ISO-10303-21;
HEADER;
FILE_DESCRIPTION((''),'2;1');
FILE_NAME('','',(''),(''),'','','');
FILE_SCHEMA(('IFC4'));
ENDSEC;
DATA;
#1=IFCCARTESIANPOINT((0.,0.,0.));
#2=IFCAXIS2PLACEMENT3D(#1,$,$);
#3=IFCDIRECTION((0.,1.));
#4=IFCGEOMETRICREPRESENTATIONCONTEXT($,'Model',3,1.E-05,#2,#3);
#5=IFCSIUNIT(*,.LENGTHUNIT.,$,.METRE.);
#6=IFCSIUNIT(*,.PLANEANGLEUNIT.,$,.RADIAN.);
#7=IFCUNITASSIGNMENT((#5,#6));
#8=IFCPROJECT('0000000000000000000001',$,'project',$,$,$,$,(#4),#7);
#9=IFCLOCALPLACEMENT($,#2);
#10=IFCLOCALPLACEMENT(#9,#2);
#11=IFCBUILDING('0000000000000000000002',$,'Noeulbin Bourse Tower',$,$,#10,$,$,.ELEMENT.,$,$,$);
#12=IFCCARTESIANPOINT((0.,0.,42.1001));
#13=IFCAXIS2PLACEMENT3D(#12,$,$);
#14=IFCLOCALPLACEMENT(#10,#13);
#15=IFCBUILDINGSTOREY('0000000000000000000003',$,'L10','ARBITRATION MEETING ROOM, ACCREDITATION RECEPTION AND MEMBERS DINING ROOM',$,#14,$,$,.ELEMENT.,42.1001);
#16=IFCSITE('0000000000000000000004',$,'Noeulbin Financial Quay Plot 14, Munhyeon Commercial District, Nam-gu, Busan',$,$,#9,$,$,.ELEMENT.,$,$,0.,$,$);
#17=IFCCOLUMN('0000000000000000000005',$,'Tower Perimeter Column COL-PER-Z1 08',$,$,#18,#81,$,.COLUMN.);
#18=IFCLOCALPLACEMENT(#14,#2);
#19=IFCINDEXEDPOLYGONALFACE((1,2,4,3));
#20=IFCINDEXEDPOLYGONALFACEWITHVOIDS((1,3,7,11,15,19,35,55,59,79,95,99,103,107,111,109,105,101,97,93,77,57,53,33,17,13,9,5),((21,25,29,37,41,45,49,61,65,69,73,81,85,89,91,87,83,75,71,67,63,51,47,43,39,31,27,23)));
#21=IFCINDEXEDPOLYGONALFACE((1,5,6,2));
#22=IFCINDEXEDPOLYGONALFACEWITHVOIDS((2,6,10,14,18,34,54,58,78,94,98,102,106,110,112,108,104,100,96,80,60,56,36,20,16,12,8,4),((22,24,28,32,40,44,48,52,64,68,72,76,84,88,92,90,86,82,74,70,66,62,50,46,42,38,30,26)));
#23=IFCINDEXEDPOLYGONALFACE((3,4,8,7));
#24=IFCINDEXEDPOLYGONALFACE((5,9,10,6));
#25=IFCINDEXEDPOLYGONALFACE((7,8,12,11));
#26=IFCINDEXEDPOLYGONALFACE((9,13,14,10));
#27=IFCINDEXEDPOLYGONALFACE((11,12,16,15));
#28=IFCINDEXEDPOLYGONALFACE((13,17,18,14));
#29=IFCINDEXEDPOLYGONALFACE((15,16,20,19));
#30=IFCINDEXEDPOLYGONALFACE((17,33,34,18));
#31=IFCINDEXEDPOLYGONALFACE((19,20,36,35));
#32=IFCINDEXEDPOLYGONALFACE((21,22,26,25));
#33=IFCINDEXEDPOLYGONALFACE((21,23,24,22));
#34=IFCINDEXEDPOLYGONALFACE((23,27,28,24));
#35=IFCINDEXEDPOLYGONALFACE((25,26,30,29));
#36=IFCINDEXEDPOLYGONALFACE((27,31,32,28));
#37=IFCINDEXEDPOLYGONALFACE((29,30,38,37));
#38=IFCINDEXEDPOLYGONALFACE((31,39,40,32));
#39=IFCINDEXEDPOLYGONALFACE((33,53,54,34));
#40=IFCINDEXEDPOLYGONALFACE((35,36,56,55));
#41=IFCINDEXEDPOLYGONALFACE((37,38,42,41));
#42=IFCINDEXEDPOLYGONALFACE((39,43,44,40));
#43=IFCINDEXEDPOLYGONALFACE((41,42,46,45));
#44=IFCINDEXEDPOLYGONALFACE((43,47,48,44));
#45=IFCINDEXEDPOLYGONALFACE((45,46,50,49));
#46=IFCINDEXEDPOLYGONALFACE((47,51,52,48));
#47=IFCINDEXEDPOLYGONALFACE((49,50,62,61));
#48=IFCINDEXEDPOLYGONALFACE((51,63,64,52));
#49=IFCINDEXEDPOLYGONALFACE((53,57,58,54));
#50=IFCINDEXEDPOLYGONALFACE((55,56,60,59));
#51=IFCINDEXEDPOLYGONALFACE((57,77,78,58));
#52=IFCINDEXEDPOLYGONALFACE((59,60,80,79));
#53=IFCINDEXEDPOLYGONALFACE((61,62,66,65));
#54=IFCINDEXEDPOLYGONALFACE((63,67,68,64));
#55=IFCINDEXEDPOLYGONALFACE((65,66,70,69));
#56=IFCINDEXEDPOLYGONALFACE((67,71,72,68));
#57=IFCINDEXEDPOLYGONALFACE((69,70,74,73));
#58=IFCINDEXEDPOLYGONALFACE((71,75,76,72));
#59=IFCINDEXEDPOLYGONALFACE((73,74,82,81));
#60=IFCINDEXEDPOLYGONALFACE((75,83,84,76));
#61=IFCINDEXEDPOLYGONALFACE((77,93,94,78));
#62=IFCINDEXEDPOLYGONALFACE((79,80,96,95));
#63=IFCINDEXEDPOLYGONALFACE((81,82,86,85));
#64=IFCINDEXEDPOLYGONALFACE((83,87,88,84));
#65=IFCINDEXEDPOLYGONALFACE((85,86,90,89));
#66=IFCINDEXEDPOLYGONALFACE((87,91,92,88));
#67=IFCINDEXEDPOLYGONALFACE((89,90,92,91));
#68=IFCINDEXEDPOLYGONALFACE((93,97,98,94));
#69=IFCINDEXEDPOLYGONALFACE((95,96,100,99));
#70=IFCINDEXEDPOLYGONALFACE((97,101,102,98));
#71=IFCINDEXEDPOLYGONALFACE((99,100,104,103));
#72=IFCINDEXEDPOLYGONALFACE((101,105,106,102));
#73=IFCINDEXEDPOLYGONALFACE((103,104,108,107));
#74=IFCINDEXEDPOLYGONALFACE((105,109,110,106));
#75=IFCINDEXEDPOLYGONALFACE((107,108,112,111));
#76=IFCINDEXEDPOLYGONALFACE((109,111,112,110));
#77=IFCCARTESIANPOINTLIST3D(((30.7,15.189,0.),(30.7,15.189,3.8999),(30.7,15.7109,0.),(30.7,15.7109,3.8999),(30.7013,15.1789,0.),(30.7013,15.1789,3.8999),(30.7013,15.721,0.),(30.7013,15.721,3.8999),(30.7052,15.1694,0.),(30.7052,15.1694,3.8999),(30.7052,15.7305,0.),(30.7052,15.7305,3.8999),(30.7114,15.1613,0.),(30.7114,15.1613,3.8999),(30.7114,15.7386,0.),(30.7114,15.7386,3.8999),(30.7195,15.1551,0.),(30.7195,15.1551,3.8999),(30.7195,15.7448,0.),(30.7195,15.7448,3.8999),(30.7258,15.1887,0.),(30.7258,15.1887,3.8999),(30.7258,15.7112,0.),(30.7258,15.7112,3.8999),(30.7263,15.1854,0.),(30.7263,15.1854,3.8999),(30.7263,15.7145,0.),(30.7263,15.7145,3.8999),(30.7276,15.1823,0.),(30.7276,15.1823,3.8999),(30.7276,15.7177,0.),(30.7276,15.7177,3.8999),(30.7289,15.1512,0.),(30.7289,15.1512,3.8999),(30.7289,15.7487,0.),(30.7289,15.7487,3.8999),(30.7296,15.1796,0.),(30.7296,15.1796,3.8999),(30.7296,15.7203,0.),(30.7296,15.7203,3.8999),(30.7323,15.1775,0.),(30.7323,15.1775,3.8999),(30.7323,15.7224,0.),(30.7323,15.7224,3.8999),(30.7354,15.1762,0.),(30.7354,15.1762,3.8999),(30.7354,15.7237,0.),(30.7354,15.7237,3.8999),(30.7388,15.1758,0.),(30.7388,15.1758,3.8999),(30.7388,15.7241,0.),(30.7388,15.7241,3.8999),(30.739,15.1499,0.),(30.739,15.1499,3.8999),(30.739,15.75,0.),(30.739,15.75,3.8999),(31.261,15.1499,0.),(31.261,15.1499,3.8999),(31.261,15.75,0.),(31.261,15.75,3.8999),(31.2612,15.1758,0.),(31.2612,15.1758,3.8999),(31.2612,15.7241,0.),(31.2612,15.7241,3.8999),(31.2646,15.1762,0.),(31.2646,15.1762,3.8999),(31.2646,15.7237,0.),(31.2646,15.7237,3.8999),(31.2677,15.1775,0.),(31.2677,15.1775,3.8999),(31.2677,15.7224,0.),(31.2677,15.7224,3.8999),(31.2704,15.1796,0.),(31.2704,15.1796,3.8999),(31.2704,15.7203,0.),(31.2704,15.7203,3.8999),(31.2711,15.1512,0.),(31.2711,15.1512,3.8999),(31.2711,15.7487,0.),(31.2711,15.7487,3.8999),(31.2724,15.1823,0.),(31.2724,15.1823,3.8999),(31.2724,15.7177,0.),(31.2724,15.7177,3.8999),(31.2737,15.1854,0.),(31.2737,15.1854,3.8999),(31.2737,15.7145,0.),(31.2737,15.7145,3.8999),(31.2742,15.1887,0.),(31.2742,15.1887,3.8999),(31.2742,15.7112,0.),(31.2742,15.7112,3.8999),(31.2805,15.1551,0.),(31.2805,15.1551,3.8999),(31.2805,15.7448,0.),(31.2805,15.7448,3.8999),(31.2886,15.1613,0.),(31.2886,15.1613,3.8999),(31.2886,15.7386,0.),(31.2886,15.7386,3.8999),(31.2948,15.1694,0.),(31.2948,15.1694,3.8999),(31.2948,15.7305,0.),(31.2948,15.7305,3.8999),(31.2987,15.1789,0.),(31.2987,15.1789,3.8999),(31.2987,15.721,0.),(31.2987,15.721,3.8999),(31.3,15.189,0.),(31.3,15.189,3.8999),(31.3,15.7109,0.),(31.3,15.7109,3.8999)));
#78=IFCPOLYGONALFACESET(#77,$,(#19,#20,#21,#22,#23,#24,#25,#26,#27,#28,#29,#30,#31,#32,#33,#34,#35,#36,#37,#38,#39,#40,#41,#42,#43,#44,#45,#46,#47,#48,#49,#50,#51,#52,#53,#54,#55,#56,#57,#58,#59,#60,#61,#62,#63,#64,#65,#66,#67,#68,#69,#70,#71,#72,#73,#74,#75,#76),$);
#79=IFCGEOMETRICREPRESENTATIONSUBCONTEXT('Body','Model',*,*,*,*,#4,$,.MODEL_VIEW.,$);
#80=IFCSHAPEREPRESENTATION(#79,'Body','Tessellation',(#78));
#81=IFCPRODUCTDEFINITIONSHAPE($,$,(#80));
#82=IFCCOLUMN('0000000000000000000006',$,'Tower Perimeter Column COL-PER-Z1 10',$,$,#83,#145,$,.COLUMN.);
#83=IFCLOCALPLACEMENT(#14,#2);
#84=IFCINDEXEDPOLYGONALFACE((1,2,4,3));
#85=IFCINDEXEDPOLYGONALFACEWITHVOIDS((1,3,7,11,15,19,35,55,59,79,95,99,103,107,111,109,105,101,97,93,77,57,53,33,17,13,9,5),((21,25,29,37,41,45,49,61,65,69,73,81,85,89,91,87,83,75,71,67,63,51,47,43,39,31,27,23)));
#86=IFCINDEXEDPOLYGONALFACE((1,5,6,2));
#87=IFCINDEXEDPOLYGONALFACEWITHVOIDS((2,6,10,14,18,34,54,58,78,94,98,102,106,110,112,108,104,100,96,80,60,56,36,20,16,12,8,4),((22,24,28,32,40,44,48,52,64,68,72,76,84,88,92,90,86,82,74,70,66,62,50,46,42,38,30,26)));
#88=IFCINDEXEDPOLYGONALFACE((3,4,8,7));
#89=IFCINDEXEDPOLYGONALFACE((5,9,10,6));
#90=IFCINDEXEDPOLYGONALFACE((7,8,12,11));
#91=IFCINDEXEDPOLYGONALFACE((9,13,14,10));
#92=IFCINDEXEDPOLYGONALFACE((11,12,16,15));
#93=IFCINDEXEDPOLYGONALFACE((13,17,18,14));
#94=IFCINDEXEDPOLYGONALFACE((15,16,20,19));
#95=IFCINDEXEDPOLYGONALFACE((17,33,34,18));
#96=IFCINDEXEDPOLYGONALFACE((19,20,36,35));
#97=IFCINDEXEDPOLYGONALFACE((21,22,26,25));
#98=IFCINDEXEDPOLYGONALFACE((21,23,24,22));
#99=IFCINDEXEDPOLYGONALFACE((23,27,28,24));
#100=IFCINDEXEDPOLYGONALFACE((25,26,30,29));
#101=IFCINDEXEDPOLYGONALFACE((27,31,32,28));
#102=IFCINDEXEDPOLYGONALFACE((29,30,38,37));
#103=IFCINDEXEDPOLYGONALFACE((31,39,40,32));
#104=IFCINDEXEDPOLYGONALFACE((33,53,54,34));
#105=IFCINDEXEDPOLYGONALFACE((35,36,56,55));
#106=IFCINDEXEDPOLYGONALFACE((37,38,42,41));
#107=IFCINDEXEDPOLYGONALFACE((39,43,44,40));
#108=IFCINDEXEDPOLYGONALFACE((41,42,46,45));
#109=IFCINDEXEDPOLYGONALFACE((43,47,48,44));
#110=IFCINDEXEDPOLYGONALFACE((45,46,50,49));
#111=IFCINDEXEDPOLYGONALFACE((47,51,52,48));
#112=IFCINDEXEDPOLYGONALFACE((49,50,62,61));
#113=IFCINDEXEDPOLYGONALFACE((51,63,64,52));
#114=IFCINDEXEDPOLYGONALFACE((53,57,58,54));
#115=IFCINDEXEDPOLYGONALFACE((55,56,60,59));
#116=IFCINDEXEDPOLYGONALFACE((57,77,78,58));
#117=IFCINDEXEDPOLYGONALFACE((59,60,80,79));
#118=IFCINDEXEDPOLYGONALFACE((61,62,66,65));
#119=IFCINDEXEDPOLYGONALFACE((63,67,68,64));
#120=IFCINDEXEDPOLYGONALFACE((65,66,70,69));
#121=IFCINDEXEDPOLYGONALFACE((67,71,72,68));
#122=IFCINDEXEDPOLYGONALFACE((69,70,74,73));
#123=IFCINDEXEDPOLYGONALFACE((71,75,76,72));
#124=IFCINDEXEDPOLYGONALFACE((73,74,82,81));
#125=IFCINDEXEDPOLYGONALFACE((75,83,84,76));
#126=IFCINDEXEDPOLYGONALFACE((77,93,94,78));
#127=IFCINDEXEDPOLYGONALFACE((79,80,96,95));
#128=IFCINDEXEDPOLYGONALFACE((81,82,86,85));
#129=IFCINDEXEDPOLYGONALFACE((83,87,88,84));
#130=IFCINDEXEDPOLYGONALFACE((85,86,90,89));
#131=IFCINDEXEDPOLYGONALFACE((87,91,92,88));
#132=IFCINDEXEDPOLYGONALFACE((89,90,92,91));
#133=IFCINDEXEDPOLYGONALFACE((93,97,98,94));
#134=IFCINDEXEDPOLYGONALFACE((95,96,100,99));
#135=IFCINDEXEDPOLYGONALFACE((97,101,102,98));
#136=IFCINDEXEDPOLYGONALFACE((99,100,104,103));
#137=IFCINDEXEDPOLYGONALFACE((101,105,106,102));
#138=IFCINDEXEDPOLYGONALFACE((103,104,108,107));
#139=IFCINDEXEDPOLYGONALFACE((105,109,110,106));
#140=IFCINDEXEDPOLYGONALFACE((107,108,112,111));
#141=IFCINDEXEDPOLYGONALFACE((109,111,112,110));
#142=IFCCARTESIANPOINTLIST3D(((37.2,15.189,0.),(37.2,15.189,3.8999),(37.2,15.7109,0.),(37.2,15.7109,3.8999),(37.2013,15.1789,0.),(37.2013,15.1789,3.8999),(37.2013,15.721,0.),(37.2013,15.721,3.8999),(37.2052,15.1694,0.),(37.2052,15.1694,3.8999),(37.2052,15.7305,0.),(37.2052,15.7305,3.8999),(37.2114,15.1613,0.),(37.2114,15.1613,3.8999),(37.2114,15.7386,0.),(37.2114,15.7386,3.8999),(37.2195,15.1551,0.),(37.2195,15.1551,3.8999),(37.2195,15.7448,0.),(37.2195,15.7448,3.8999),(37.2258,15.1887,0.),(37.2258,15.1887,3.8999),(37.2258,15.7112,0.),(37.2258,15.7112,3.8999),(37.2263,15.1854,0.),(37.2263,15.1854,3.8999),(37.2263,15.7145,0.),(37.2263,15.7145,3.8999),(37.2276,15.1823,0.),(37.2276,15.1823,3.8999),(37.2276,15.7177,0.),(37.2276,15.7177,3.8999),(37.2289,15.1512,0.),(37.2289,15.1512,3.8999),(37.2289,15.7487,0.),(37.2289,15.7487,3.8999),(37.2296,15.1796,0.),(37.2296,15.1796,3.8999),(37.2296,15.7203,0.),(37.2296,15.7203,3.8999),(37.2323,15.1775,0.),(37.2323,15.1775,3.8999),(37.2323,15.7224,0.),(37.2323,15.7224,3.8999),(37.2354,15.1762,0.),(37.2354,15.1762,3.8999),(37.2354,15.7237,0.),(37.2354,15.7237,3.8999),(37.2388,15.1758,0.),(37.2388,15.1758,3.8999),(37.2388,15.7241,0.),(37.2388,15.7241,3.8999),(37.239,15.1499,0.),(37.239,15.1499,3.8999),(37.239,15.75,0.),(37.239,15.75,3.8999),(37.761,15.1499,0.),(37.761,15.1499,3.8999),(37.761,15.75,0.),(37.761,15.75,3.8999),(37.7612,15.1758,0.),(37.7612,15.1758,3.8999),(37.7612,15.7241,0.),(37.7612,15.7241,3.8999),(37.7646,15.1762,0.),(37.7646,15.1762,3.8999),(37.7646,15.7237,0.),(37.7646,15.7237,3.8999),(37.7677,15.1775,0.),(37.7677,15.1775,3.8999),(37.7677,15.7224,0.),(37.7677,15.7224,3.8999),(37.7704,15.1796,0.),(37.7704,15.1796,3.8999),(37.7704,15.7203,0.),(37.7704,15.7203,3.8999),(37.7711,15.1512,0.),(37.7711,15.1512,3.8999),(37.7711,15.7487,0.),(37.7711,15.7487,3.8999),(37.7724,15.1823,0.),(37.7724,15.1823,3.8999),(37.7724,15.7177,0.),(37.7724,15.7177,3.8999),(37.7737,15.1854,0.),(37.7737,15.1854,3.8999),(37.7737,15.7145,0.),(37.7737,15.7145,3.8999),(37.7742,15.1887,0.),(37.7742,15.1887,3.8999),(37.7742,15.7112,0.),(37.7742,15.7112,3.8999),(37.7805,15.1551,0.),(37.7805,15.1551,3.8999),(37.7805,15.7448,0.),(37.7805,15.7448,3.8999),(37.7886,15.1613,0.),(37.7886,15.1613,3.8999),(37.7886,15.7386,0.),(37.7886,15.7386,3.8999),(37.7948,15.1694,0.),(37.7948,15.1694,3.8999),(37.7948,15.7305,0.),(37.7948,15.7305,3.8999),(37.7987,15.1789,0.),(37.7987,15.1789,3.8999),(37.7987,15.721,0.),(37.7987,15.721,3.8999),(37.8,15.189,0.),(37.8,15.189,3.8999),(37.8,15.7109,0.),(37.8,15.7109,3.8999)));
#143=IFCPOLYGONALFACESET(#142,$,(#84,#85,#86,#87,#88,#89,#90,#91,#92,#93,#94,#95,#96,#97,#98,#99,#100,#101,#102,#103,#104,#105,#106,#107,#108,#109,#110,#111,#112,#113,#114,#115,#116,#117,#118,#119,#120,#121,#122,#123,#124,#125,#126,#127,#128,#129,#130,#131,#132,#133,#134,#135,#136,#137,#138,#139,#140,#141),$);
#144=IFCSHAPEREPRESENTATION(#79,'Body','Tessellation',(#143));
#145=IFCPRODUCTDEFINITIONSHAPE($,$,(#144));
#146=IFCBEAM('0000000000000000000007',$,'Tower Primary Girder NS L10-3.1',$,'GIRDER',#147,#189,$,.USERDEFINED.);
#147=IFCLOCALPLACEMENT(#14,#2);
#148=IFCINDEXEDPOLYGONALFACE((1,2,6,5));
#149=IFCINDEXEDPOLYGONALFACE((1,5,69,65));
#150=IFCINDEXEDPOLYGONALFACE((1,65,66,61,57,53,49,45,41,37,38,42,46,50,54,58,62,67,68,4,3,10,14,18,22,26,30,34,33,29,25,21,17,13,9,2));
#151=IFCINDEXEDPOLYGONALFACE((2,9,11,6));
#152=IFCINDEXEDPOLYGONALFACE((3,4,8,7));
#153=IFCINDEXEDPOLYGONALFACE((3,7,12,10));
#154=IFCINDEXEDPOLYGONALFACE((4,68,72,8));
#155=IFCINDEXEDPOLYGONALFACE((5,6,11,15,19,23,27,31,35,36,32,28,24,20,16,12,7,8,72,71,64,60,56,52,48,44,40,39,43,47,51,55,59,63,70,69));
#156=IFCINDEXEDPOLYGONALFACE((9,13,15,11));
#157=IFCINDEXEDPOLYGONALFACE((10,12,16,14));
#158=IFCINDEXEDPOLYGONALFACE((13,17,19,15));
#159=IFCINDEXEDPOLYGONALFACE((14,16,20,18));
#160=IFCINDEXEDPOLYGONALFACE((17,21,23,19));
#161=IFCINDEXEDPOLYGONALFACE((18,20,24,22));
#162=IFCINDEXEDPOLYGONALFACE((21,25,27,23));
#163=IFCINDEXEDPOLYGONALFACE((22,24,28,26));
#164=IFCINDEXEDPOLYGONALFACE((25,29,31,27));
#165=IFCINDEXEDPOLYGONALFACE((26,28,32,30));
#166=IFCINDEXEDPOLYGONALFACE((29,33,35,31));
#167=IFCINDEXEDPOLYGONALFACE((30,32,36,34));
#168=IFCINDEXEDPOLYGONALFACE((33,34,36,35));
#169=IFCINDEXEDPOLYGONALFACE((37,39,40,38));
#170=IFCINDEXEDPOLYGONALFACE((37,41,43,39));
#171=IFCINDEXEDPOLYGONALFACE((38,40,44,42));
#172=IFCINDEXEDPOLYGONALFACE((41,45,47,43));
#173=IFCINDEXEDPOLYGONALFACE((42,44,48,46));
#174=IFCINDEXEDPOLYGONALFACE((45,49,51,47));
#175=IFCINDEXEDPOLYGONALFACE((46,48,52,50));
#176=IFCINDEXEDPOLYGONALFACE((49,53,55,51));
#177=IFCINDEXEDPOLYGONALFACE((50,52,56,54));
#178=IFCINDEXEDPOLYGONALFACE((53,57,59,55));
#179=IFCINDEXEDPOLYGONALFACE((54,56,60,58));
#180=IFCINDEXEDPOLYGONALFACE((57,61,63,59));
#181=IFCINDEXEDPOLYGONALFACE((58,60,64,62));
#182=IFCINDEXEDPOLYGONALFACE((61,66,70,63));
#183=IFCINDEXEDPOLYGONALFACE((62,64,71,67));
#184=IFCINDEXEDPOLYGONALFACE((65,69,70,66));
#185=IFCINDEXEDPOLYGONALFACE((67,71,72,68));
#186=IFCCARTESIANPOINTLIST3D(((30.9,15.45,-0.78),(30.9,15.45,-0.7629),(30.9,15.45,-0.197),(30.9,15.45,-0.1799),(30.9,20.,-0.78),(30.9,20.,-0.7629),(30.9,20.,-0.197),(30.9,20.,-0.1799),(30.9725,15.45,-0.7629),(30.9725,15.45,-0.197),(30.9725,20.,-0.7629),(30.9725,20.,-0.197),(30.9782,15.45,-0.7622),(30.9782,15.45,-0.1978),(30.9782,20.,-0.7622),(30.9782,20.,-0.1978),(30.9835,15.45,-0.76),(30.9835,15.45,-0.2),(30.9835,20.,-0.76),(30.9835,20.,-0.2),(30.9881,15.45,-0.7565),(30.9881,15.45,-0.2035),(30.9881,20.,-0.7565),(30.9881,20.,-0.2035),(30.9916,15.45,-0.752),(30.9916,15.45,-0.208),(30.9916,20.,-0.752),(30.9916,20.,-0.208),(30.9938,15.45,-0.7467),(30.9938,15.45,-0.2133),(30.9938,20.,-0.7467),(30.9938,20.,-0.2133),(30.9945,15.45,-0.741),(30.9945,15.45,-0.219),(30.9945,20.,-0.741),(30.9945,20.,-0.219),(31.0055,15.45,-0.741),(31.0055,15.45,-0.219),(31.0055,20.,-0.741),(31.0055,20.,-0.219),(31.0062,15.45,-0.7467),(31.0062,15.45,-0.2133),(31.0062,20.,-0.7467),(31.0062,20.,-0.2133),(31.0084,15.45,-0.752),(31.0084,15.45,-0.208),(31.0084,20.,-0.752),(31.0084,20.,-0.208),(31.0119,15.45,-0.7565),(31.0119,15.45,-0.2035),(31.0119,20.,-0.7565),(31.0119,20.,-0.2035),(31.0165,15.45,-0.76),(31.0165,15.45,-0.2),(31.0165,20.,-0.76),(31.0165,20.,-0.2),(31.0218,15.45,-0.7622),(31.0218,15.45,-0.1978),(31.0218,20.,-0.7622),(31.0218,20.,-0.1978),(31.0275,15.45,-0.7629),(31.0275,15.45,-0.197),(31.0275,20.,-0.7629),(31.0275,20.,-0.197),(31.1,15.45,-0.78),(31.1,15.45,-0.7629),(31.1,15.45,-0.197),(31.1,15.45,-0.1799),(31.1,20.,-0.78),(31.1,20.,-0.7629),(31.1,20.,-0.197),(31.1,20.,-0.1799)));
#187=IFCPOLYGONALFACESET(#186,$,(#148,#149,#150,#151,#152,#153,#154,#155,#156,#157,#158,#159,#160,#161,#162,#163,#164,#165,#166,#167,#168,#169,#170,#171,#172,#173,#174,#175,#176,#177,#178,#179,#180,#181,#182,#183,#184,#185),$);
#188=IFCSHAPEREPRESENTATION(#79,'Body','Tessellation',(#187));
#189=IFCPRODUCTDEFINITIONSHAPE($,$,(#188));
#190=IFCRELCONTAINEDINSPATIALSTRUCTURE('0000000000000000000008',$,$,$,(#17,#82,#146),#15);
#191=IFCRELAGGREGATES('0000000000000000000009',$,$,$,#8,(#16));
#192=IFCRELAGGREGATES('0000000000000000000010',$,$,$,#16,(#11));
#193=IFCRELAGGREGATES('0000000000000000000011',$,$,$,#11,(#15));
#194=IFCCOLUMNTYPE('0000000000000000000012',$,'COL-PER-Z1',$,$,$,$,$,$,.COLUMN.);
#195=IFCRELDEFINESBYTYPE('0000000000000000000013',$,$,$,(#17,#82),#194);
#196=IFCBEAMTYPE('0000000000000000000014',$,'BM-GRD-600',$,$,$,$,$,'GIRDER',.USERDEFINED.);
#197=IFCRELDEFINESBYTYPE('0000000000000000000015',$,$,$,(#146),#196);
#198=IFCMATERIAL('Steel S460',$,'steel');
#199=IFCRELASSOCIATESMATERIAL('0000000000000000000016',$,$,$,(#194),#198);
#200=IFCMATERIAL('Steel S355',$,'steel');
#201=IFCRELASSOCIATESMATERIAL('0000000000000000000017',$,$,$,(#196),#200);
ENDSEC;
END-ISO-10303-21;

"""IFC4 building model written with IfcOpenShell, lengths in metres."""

from ifc_helpers import new_model, si_unit, direction, frame, origin, origin_2d, place, context, subcontext, project, spatial, hollow_rectangle, i_section, extrude, material, material_profile, profile_set, type_object, element, save


model = new_model("IFC4")

# Units and contexts
model_context = context("Model", 3, precision=1e-05, world=origin(), true_north=direction((0.0, 1.0)))
body_context = subcontext(model_context, "Body", "Model", "MODEL_VIEW")
ifc_project = project(units=[si_unit("LENGTHUNIT", "METRE"), si_unit("PLANEANGLEUNIT", "RADIAN")], contexts=[model_context])

# Site, building, storey
site_placement = place(None, origin())
site = spatial("IfcSite", under=ifc_project, at=site_placement, Name="Noeulbin Financial Quay Plot 14, Munhyeon Commercial District, Nam-gu, Busan", CompositionType="ELEMENT", RefElevation=0.0)
building_placement = place(site_placement, origin())
building = spatial("IfcBuilding", under=site, at=building_placement, Name="Noeulbin Bourse Tower", CompositionType="ELEMENT")
storey_placement = place(building_placement, frame((0.0, 0.0, 42.1001)))
storey = spatial("IfcBuildingStorey", under=building, at=storey_placement, Name="L10", Description="ARBITRATION MEETING ROOM, ACCREDITATION RECEPTION AND MEMBERS DINING ROOM", CompositionType="ELEMENT", Elevation=42.1001)

# Columns
ifc_material_1 = material(Name="Steel S460", Category="steel")
ifc_material_profile_1 = material_profile(ifc_material_1, hollow_rectangle(XDim=0.6001, YDim=0.6001, WallThickness=0.0259, InnerFilletRadius=0.0129, OuterFilletRadius=0.0391, at=origin_2d()), Name="BOX-600x600x26", Category="LoadBearing")
ifc_profile_set_1 = profile_set([ifc_material_profile_1], Name="Steel S460")
column_type = type_object("IfcColumnType", Name="COL-PER-Z1", PredefinedType="COLUMN", material=ifc_profile_set_1)
for number, where, z_axis, x_axis, name in (
    (1, (31.0, 15.45, 0.0), (0.0, 0.0, 1.0), (1.0, 0.0, 0.0), "Tower Perimeter Column COL-PER-Z1 08"),
    (2, (37.5, 15.45, 0.0), (0.0, 0.0, 1.0), (1.0, 0.0, 0.0), "Tower Perimeter Column COL-PER-Z1 10"),
):
    element("IfcColumn", number, at=place(storey_placement, frame(where, z_axis=z_axis, x_axis=x_axis)), inside=storey, type_object=column_type, Name=name, PredefinedType="COLUMN", context=body_context, shape_type="SweptSolid", body=[
        extrude(hollow_rectangle(XDim=0.6001, YDim=0.6001, WallThickness=0.0259, InnerFilletRadius=0.0129, OuterFilletRadius=0.0391, at=origin_2d()), origin(), (0.0, 0.0, 1.0), 3.8999),
    ])

# Beam
ifc_material_2 = material(Name="Steel S355", Category="steel")
ifc_material_profile_2 = material_profile(ifc_material_2, i_section(OverallWidth=0.2, OverallDepth=0.6001, WebThickness=0.011, FlangeThickness=0.0171, FilletRadius=0.022, at=origin_2d()), Name="H-600x200x11x17", Category="LoadBearing")
ifc_profile_set_2 = profile_set([ifc_material_profile_2], Name="Steel S355")
beam_type_1 = type_object("IfcBeamType", Name="BM-GRD-600", ElementType="GIRDER", PredefinedType="USERDEFINED", material=ifc_profile_set_2)
for number, where, z_axis, x_axis, name in (
    (3, (31.0, 15.45, -0.48), (0.0, 1.0, 0.0), (-1.0, 0.0, 0.0), "Tower Primary Girder NS L10-3.1"),
):
    element("IfcBeam", number, at=place(storey_placement, frame(where, z_axis=z_axis, x_axis=x_axis)), inside=storey, type_object=beam_type_1, Name=name, ObjectType="GIRDER", PredefinedType="USERDEFINED", context=body_context, shape_type="SweptSolid", body=[
        extrude(i_section(OverallWidth=0.2, OverallDepth=0.6001, WebThickness=0.011, FlangeThickness=0.0171, FilletRadius=0.022, at=origin_2d()), origin(), (0.0, 0.0, 1.0), 4.55),
    ])

save(model, "model.ifc")
